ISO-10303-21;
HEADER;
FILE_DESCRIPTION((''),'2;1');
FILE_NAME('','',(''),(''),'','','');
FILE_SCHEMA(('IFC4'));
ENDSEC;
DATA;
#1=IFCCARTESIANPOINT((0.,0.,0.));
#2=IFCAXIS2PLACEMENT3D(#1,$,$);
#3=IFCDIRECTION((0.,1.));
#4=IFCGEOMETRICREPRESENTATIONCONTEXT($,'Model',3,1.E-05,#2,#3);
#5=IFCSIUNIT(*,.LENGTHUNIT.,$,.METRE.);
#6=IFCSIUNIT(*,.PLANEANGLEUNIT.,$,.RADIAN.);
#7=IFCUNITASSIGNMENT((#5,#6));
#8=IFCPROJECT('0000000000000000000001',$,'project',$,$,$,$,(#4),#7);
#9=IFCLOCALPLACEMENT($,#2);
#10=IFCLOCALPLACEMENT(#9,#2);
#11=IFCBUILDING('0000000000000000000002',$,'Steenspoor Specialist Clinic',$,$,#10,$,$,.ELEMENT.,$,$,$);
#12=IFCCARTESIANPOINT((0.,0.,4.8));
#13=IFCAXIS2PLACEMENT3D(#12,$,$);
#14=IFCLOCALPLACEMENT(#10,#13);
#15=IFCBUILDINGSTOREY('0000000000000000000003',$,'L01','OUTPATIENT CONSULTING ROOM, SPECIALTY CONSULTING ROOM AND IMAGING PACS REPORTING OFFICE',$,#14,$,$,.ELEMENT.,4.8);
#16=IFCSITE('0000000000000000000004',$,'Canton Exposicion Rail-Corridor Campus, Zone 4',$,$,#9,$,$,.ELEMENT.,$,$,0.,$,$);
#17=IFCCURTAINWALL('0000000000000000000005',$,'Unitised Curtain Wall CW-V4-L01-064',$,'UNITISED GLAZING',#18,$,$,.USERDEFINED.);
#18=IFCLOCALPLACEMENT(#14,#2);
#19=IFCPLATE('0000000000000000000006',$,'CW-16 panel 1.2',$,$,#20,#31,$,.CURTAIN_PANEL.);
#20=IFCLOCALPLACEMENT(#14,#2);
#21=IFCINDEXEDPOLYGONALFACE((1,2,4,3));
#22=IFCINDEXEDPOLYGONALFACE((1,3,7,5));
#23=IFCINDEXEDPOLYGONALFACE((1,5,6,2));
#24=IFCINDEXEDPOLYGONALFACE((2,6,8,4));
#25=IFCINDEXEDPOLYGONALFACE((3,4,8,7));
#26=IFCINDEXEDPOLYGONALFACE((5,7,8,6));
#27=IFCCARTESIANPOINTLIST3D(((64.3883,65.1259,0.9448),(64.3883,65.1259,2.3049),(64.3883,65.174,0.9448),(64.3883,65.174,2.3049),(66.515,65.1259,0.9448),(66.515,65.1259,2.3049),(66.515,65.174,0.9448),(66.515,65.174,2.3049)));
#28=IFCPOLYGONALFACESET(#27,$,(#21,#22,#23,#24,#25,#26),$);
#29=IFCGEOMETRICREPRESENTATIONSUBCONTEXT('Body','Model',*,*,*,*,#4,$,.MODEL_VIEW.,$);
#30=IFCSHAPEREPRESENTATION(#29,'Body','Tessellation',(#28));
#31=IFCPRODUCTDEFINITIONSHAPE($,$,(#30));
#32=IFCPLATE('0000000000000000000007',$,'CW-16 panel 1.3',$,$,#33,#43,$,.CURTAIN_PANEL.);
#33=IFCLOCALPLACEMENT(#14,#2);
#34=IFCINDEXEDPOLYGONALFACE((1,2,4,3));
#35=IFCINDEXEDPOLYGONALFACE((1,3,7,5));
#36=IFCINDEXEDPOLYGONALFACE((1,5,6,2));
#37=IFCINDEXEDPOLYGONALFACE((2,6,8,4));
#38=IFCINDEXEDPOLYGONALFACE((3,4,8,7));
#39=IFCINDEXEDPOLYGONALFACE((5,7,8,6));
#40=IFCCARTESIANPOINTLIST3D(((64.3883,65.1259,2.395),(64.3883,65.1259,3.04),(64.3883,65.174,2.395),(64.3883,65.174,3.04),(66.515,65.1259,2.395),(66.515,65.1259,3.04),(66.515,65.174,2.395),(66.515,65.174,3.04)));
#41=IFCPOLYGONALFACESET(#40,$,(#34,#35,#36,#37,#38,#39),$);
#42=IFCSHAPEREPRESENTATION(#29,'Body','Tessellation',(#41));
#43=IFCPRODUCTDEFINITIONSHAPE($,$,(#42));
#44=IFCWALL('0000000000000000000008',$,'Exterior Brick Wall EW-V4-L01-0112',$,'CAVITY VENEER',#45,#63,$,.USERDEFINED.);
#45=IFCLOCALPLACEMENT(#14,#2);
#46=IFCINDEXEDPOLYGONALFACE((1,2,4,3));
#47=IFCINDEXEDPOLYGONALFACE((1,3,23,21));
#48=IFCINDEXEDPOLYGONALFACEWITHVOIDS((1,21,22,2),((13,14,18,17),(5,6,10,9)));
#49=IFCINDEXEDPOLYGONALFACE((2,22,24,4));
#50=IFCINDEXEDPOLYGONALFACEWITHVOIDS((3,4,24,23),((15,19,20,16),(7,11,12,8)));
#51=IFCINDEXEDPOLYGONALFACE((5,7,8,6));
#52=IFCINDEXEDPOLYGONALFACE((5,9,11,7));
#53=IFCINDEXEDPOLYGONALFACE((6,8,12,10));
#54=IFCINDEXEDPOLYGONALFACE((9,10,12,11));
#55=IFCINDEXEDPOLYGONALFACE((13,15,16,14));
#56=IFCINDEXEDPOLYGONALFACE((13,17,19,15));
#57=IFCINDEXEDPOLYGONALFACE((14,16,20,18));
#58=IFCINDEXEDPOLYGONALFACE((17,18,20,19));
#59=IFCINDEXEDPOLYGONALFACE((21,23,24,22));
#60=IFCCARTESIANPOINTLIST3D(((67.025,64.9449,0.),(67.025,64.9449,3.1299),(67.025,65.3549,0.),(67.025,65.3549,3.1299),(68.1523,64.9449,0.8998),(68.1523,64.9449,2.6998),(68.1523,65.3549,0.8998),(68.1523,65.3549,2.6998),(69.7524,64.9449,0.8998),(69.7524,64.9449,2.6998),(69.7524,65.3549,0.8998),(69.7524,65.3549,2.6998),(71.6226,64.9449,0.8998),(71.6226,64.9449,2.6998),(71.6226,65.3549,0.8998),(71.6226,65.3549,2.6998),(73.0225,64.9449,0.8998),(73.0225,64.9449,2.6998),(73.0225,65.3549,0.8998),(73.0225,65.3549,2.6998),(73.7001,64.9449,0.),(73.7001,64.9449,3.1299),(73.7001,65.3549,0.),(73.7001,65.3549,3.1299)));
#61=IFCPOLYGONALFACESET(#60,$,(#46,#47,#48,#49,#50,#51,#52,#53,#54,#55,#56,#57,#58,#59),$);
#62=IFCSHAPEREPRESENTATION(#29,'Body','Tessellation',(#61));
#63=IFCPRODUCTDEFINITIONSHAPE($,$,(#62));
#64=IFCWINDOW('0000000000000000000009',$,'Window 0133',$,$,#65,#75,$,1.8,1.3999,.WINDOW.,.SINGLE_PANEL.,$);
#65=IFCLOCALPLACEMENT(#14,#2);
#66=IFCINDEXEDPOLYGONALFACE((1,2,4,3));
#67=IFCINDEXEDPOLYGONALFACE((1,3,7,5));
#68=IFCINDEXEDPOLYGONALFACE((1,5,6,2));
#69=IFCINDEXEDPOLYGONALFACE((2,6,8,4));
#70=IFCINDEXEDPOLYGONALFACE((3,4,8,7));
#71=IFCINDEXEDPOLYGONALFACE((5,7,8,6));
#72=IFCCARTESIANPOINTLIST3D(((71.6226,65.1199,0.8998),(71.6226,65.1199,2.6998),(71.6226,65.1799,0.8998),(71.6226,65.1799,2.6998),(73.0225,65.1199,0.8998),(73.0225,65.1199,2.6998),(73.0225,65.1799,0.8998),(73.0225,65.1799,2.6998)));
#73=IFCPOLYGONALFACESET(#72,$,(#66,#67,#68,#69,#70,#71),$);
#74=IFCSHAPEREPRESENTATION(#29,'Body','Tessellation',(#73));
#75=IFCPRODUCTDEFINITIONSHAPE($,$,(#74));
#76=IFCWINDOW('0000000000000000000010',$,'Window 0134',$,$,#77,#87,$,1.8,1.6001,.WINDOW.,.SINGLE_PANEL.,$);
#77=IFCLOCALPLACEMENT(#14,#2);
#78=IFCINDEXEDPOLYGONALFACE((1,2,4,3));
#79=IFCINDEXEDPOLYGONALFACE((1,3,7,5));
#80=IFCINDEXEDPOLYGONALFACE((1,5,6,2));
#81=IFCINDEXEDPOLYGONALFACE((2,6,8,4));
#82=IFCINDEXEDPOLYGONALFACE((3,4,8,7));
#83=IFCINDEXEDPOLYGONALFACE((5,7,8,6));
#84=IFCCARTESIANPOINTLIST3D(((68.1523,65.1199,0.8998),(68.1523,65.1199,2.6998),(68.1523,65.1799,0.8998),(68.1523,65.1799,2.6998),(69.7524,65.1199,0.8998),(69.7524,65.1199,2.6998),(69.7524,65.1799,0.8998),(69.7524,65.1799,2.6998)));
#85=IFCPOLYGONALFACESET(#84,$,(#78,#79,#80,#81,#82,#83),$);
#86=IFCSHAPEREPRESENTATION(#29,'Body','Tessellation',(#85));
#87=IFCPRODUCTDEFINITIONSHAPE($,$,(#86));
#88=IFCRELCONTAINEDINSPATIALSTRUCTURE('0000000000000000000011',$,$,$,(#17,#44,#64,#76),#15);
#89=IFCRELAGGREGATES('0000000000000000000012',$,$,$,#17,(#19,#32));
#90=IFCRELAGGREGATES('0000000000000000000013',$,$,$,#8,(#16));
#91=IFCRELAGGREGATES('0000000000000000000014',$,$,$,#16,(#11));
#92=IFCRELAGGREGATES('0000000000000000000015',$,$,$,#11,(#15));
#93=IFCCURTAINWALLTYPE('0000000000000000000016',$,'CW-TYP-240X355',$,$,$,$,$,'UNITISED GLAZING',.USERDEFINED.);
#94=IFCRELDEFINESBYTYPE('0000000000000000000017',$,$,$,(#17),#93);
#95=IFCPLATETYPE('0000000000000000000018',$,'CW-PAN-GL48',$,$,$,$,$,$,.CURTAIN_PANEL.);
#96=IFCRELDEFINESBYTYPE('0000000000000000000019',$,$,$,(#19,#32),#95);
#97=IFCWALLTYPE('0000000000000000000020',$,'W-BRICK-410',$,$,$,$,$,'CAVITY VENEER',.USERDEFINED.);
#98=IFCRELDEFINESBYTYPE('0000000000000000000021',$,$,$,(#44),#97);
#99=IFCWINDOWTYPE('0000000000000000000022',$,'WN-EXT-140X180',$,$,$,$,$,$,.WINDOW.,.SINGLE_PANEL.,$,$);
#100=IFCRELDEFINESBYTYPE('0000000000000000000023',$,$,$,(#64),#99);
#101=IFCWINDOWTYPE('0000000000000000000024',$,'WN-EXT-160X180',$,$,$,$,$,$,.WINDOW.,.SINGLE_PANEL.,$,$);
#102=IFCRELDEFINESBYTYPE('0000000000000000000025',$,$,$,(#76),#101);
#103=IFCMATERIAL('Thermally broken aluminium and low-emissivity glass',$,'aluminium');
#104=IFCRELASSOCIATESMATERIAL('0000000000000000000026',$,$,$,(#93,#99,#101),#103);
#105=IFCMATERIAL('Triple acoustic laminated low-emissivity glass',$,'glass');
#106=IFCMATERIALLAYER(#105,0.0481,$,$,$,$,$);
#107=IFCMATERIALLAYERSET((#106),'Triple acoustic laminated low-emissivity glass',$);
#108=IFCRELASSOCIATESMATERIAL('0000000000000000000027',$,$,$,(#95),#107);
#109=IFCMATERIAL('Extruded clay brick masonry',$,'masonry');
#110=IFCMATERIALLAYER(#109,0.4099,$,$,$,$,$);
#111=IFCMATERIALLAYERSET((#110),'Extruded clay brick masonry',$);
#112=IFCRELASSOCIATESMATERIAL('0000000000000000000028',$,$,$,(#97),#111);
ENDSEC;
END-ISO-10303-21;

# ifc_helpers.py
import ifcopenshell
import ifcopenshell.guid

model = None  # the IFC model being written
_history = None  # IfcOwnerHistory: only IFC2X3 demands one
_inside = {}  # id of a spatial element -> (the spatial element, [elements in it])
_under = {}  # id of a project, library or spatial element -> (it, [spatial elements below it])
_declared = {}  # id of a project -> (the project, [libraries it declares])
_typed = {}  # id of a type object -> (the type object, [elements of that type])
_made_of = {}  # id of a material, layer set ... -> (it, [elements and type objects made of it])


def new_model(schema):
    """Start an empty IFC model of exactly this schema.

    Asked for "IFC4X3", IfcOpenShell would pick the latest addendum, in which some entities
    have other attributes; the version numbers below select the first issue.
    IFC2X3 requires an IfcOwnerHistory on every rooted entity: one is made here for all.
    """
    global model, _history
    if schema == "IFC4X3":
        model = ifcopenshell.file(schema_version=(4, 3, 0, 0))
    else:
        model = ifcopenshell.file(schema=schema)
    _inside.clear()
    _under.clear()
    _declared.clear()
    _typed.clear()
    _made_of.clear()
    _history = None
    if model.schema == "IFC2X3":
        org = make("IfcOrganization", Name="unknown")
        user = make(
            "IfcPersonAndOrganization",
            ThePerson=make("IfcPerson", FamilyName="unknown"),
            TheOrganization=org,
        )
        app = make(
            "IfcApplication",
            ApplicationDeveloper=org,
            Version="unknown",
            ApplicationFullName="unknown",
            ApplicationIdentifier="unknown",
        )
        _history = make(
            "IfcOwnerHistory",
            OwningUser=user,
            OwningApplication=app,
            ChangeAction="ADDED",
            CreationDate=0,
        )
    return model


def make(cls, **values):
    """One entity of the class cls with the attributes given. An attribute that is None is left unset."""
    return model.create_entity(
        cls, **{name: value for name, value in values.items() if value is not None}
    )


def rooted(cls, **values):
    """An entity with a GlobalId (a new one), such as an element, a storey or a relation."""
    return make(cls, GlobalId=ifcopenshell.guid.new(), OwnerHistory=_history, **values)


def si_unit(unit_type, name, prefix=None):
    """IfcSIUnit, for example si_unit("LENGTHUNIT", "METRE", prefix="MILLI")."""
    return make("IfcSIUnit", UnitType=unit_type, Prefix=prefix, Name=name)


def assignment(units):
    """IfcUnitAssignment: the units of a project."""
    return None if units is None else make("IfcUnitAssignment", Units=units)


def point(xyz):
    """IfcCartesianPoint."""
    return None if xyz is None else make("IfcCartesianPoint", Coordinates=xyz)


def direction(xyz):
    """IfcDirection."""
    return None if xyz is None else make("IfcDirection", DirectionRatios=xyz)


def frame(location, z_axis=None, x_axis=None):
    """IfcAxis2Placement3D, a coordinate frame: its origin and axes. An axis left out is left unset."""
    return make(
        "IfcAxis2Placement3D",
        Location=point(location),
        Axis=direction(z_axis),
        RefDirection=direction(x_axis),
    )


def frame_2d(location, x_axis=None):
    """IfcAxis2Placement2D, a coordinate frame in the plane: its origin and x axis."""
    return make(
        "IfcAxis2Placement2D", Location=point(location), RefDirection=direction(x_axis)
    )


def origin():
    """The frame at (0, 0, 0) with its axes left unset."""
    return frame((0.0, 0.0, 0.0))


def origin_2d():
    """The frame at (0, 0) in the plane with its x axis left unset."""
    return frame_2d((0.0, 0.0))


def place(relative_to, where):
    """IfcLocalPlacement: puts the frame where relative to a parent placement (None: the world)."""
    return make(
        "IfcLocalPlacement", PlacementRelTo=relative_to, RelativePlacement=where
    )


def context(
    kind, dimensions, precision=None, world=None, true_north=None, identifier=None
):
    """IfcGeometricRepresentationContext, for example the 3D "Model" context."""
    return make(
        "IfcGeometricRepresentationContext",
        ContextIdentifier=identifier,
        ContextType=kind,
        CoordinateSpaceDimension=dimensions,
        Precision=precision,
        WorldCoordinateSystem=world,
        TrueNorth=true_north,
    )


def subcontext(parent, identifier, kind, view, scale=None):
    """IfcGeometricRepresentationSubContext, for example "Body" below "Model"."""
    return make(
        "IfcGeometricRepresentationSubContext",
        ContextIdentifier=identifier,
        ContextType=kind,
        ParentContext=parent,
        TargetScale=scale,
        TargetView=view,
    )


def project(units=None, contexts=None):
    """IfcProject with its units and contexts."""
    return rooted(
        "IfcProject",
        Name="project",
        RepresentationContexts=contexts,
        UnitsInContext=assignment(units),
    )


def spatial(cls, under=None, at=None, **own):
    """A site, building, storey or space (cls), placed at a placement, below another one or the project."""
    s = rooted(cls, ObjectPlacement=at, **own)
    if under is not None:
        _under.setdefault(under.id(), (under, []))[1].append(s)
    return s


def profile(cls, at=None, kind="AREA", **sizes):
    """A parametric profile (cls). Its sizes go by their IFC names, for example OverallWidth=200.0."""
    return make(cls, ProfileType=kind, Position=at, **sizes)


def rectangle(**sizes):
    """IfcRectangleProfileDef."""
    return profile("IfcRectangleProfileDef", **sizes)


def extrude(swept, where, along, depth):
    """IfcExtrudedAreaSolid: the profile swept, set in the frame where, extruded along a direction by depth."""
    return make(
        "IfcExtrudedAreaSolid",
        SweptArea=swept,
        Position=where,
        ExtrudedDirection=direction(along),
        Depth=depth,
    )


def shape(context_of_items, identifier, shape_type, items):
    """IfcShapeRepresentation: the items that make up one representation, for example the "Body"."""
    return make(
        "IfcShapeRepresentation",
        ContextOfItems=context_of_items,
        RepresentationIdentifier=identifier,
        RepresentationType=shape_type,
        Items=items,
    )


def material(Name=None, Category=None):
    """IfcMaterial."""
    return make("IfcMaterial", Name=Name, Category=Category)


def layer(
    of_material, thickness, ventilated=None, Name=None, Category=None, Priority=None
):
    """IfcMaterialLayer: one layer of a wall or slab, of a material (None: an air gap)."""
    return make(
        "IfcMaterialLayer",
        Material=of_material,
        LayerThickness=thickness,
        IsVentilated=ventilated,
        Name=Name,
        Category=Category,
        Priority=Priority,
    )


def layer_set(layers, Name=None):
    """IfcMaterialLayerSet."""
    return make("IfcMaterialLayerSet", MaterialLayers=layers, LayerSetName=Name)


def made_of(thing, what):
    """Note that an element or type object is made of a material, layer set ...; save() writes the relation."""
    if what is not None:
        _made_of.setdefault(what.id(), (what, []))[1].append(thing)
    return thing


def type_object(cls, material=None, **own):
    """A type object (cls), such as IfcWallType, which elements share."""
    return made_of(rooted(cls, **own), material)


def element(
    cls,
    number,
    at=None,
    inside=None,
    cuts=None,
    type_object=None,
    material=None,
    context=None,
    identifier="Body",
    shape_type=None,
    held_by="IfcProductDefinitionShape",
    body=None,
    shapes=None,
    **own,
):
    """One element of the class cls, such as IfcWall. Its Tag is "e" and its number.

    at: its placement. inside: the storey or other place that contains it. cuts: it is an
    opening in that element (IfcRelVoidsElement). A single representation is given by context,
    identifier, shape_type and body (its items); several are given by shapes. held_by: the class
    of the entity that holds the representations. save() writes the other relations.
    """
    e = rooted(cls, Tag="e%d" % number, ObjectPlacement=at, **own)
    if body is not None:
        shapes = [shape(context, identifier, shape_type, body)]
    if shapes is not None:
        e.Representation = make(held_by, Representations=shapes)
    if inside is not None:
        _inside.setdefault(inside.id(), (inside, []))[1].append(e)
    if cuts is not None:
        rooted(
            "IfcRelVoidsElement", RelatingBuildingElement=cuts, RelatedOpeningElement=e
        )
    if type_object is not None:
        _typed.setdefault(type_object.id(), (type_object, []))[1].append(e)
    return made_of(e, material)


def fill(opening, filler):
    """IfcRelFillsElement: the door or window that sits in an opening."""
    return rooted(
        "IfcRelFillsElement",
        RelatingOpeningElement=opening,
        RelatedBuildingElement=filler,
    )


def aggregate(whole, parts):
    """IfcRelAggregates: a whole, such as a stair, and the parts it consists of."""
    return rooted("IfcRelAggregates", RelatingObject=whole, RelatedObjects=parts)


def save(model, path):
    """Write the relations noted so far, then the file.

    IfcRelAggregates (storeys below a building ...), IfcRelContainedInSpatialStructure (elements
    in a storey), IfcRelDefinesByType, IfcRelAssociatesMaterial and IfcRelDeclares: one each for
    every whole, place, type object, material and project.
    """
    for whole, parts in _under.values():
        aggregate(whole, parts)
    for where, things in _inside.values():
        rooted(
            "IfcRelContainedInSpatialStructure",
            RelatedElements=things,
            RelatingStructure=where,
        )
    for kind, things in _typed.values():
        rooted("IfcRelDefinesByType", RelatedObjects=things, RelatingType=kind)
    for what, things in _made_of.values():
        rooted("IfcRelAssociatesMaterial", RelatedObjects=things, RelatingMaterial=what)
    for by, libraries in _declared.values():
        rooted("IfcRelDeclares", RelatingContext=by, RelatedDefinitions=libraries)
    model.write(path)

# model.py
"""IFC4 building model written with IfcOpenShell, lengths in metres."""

from ifc_helpers import new_model, si_unit, direction, frame, frame_2d, origin, origin_2d, place, context, subcontext, project, spatial, rectangle, extrude, material, layer, layer_set, type_object, element, fill, aggregate, save


model = new_model("IFC4")

# Units and contexts
model_context = context("Model", 3, precision=1e-05, world=origin(), true_north=direction((0.0, 1.0)))
body_context = subcontext(model_context, "Body", "Model", "MODEL_VIEW")
ifc_project = project(units=[si_unit("LENGTHUNIT", "METRE"), si_unit("PLANEANGLEUNIT", "RADIAN")], contexts=[model_context])

# Site, building, storey
site_placement = place(None, origin())
site = spatial("IfcSite", under=ifc_project, at=site_placement, Name="Canton Exposicion Rail-Corridor Campus, Zone 4", CompositionType="ELEMENT", RefElevation=0.0)
building_placement = place(site_placement, origin())
building = spatial("IfcBuilding", under=site, at=building_placement, Name="Steenspoor Specialist Clinic", CompositionType="ELEMENT")
storey_placement = place(building_placement, frame((0.0, 0.0, 4.8)))
storey = spatial("IfcBuildingStorey", under=building, at=storey_placement, Name="L01", Description="OUTPATIENT CONSULTING ROOM, SPECIALTY CONSULTING ROOM AND IMAGING PACS REPORTING OFFICE", CompositionType="ELEMENT", Elevation=4.8)

# Curtain wall
ifc_material_1 = material(Name="Thermally broken aluminium and low-emissivity glass", Category="aluminium")
curtain_wall_type_1 = type_object("IfcCurtainWallType", Name="CW-TYP-240X355", ElementType="UNITISED GLAZING", PredefinedType="USERDEFINED", material=ifc_material_1)
curtain_wall_1_placement = place(storey_placement, origin())
curtain_wall_1 = element("IfcCurtainWall", 1, at=curtain_wall_1_placement, inside=storey, type_object=curtain_wall_type_1, Name="Unitised Curtain Wall CW-V4-L01-064", ObjectType="UNITISED GLAZING", PredefinedType="USERDEFINED")

# Plates
ifc_material_2 = material(Name="Triple acoustic laminated low-emissivity glass", Category="glass")
ifc_layer_1 = layer(ifc_material_2, 0.0481)
ifc_layer_set_1 = layer_set([ifc_layer_1], Name="Triple acoustic laminated low-emissivity glass")
plate_type_1 = type_object("IfcPlateType", Name="CW-PAN-GL48", PredefinedType="CURTAIN_PANEL", material=ifc_layer_set_1)
plate_1_placement = place(storey_placement, frame((65.4517, 65.1499, 0.9448), z_axis=(0.0, 0.0, 1.0), x_axis=(-1.0, 0.0, 0.0)))
plate_1 = element("IfcPlate", 2, at=plate_1_placement, type_object=plate_type_1, Name="CW-16 panel 1.2", PredefinedType="CURTAIN_PANEL", context=body_context, shape_type="SweptSolid", body=[
    extrude(rectangle(XDim=2.1267, YDim=0.0481, at=origin_2d()), origin(), (0.0, 0.0, 1.0), 1.3601),
])
plate_2_placement = place(storey_placement, frame((65.4517, 65.1499, 2.395), z_axis=(0.0, 0.0, 1.0), x_axis=(-1.0, 0.0, 0.0)))
plate_2 = element("IfcPlate", 3, at=plate_2_placement, type_object=plate_type_1, Name="CW-16 panel 1.3", PredefinedType="CURTAIN_PANEL", context=body_context, shape_type="SweptSolid", body=[
    extrude(rectangle(XDim=2.1267, YDim=0.0481, at=origin_2d()), origin(), (0.0, 0.0, 1.0), 0.645),
])
aggregate(curtain_wall_1, [plate_1, plate_2])

# Wall, openings, windows
ifc_material_3 = material(Name="Extruded clay brick masonry", Category="masonry")
ifc_layer_2 = layer(ifc_material_3, 0.4099)
ifc_layer_set_2 = layer_set([ifc_layer_2], Name="Extruded clay brick masonry")
wall_type = type_object("IfcWallType", Name="W-BRICK-410", ElementType="CAVITY VENEER", PredefinedType="USERDEFINED", material=ifc_layer_set_2)
wall_placement = place(storey_placement, frame((73.7, 65.1499, 0.0), z_axis=(0.0, 0.0, 1.0), x_axis=(-1.0, 0.0, 0.0)))
wall = element("IfcWall", 4, at=wall_placement, inside=storey, type_object=wall_type, Name="Exterior Brick Wall EW-V4-L01-0112", ObjectType="CAVITY VENEER", PredefinedType="USERDEFINED", context=body_context, shape_type="SweptSolid", body=[
    extrude(rectangle(XDim=6.675, YDim=0.4099, at=frame_2d((3.3374, 0.0))), origin(), (0.0, 0.0, 1.0), 3.1299),
])
opening_1_placement = place(wall_placement, frame((0.6775, 0.0, 0.8999)))
opening_1 = element("IfcOpeningElement", 5, at=opening_1_placement, cuts=wall, PredefinedType="OPENING", context=body_context, shape_type="SweptSolid", body=[
    extrude(rectangle(XDim=1.3999, YDim=1.8, at=frame_2d((0.7, 0.8999))), frame((0.0, 0.2148, 0.0), z_axis=(0.0, -1.0, 0.0), x_axis=(1.0, 0.0, 0.0)), (0.0, 0.0, 1.0), 0.4299),
])
opening_2_placement = place(wall_placement, frame((3.9475, 0.0, 0.8999)))
opening_2 = element("IfcOpeningElement", 6, at=opening_2_placement, cuts=wall, PredefinedType="OPENING", context=body_context, shape_type="SweptSolid", body=[
    extrude(rectangle(XDim=1.6001, YDim=1.8, at=frame_2d((0.8, 0.8999))), frame((0.0, 0.2148, 0.0), z_axis=(0.0, -1.0, 0.0), x_axis=(1.0, 0.0, 0.0)), (0.0, 0.0, 1.0), 0.4299),
])
window_type_1 = type_object("IfcWindowType", Name="WN-EXT-140X180", PartitioningType="SINGLE_PANEL", PredefinedType="WINDOW", material=ifc_material_1)
window_1_placement = place(opening_1_placement, origin())
window_1 = element("IfcWindow", 7, at=window_1_placement, inside=storey, type_object=window_type_1, Name="Window 0133", OverallHeight=1.8, OverallWidth=1.3999, PartitioningType="SINGLE_PANEL", PredefinedType="WINDOW", context=body_context, shape_type="SweptSolid", body=[
    extrude(rectangle(XDim=1.3999, YDim=1.8, at=frame_2d((0.7, 0.8999))), frame((0.0, 0.03, 0.0), z_axis=(0.0, -1.0, 0.0), x_axis=(1.0, 0.0, 0.0)), (0.0, 0.0, 1.0), 0.0601),
])
fill(opening_1, window_1)
window_type_2 = type_object("IfcWindowType", Name="WN-EXT-160X180", PartitioningType="SINGLE_PANEL", PredefinedType="WINDOW", material=ifc_material_1)
window_2_placement = place(opening_2_placement, origin())
window_2 = element("IfcWindow", 8, at=window_2_placement, inside=storey, type_object=window_type_2, Name="Window 0134", OverallHeight=1.8, OverallWidth=1.6001, PartitioningType="SINGLE_PANEL", PredefinedType="WINDOW", context=body_context, shape_type="SweptSolid", body=[
    extrude(rectangle(XDim=1.6001, YDim=1.8, at=frame_2d((0.8, 0.8999))), frame((0.0, 0.03, 0.0), z_axis=(0.0, -1.0, 0.0), x_axis=(1.0, 0.0, 0.0)), (0.0, 0.0, 1.0), 0.0601),
])
fill(opening_2, window_2)

save(model, "model.ifc")
